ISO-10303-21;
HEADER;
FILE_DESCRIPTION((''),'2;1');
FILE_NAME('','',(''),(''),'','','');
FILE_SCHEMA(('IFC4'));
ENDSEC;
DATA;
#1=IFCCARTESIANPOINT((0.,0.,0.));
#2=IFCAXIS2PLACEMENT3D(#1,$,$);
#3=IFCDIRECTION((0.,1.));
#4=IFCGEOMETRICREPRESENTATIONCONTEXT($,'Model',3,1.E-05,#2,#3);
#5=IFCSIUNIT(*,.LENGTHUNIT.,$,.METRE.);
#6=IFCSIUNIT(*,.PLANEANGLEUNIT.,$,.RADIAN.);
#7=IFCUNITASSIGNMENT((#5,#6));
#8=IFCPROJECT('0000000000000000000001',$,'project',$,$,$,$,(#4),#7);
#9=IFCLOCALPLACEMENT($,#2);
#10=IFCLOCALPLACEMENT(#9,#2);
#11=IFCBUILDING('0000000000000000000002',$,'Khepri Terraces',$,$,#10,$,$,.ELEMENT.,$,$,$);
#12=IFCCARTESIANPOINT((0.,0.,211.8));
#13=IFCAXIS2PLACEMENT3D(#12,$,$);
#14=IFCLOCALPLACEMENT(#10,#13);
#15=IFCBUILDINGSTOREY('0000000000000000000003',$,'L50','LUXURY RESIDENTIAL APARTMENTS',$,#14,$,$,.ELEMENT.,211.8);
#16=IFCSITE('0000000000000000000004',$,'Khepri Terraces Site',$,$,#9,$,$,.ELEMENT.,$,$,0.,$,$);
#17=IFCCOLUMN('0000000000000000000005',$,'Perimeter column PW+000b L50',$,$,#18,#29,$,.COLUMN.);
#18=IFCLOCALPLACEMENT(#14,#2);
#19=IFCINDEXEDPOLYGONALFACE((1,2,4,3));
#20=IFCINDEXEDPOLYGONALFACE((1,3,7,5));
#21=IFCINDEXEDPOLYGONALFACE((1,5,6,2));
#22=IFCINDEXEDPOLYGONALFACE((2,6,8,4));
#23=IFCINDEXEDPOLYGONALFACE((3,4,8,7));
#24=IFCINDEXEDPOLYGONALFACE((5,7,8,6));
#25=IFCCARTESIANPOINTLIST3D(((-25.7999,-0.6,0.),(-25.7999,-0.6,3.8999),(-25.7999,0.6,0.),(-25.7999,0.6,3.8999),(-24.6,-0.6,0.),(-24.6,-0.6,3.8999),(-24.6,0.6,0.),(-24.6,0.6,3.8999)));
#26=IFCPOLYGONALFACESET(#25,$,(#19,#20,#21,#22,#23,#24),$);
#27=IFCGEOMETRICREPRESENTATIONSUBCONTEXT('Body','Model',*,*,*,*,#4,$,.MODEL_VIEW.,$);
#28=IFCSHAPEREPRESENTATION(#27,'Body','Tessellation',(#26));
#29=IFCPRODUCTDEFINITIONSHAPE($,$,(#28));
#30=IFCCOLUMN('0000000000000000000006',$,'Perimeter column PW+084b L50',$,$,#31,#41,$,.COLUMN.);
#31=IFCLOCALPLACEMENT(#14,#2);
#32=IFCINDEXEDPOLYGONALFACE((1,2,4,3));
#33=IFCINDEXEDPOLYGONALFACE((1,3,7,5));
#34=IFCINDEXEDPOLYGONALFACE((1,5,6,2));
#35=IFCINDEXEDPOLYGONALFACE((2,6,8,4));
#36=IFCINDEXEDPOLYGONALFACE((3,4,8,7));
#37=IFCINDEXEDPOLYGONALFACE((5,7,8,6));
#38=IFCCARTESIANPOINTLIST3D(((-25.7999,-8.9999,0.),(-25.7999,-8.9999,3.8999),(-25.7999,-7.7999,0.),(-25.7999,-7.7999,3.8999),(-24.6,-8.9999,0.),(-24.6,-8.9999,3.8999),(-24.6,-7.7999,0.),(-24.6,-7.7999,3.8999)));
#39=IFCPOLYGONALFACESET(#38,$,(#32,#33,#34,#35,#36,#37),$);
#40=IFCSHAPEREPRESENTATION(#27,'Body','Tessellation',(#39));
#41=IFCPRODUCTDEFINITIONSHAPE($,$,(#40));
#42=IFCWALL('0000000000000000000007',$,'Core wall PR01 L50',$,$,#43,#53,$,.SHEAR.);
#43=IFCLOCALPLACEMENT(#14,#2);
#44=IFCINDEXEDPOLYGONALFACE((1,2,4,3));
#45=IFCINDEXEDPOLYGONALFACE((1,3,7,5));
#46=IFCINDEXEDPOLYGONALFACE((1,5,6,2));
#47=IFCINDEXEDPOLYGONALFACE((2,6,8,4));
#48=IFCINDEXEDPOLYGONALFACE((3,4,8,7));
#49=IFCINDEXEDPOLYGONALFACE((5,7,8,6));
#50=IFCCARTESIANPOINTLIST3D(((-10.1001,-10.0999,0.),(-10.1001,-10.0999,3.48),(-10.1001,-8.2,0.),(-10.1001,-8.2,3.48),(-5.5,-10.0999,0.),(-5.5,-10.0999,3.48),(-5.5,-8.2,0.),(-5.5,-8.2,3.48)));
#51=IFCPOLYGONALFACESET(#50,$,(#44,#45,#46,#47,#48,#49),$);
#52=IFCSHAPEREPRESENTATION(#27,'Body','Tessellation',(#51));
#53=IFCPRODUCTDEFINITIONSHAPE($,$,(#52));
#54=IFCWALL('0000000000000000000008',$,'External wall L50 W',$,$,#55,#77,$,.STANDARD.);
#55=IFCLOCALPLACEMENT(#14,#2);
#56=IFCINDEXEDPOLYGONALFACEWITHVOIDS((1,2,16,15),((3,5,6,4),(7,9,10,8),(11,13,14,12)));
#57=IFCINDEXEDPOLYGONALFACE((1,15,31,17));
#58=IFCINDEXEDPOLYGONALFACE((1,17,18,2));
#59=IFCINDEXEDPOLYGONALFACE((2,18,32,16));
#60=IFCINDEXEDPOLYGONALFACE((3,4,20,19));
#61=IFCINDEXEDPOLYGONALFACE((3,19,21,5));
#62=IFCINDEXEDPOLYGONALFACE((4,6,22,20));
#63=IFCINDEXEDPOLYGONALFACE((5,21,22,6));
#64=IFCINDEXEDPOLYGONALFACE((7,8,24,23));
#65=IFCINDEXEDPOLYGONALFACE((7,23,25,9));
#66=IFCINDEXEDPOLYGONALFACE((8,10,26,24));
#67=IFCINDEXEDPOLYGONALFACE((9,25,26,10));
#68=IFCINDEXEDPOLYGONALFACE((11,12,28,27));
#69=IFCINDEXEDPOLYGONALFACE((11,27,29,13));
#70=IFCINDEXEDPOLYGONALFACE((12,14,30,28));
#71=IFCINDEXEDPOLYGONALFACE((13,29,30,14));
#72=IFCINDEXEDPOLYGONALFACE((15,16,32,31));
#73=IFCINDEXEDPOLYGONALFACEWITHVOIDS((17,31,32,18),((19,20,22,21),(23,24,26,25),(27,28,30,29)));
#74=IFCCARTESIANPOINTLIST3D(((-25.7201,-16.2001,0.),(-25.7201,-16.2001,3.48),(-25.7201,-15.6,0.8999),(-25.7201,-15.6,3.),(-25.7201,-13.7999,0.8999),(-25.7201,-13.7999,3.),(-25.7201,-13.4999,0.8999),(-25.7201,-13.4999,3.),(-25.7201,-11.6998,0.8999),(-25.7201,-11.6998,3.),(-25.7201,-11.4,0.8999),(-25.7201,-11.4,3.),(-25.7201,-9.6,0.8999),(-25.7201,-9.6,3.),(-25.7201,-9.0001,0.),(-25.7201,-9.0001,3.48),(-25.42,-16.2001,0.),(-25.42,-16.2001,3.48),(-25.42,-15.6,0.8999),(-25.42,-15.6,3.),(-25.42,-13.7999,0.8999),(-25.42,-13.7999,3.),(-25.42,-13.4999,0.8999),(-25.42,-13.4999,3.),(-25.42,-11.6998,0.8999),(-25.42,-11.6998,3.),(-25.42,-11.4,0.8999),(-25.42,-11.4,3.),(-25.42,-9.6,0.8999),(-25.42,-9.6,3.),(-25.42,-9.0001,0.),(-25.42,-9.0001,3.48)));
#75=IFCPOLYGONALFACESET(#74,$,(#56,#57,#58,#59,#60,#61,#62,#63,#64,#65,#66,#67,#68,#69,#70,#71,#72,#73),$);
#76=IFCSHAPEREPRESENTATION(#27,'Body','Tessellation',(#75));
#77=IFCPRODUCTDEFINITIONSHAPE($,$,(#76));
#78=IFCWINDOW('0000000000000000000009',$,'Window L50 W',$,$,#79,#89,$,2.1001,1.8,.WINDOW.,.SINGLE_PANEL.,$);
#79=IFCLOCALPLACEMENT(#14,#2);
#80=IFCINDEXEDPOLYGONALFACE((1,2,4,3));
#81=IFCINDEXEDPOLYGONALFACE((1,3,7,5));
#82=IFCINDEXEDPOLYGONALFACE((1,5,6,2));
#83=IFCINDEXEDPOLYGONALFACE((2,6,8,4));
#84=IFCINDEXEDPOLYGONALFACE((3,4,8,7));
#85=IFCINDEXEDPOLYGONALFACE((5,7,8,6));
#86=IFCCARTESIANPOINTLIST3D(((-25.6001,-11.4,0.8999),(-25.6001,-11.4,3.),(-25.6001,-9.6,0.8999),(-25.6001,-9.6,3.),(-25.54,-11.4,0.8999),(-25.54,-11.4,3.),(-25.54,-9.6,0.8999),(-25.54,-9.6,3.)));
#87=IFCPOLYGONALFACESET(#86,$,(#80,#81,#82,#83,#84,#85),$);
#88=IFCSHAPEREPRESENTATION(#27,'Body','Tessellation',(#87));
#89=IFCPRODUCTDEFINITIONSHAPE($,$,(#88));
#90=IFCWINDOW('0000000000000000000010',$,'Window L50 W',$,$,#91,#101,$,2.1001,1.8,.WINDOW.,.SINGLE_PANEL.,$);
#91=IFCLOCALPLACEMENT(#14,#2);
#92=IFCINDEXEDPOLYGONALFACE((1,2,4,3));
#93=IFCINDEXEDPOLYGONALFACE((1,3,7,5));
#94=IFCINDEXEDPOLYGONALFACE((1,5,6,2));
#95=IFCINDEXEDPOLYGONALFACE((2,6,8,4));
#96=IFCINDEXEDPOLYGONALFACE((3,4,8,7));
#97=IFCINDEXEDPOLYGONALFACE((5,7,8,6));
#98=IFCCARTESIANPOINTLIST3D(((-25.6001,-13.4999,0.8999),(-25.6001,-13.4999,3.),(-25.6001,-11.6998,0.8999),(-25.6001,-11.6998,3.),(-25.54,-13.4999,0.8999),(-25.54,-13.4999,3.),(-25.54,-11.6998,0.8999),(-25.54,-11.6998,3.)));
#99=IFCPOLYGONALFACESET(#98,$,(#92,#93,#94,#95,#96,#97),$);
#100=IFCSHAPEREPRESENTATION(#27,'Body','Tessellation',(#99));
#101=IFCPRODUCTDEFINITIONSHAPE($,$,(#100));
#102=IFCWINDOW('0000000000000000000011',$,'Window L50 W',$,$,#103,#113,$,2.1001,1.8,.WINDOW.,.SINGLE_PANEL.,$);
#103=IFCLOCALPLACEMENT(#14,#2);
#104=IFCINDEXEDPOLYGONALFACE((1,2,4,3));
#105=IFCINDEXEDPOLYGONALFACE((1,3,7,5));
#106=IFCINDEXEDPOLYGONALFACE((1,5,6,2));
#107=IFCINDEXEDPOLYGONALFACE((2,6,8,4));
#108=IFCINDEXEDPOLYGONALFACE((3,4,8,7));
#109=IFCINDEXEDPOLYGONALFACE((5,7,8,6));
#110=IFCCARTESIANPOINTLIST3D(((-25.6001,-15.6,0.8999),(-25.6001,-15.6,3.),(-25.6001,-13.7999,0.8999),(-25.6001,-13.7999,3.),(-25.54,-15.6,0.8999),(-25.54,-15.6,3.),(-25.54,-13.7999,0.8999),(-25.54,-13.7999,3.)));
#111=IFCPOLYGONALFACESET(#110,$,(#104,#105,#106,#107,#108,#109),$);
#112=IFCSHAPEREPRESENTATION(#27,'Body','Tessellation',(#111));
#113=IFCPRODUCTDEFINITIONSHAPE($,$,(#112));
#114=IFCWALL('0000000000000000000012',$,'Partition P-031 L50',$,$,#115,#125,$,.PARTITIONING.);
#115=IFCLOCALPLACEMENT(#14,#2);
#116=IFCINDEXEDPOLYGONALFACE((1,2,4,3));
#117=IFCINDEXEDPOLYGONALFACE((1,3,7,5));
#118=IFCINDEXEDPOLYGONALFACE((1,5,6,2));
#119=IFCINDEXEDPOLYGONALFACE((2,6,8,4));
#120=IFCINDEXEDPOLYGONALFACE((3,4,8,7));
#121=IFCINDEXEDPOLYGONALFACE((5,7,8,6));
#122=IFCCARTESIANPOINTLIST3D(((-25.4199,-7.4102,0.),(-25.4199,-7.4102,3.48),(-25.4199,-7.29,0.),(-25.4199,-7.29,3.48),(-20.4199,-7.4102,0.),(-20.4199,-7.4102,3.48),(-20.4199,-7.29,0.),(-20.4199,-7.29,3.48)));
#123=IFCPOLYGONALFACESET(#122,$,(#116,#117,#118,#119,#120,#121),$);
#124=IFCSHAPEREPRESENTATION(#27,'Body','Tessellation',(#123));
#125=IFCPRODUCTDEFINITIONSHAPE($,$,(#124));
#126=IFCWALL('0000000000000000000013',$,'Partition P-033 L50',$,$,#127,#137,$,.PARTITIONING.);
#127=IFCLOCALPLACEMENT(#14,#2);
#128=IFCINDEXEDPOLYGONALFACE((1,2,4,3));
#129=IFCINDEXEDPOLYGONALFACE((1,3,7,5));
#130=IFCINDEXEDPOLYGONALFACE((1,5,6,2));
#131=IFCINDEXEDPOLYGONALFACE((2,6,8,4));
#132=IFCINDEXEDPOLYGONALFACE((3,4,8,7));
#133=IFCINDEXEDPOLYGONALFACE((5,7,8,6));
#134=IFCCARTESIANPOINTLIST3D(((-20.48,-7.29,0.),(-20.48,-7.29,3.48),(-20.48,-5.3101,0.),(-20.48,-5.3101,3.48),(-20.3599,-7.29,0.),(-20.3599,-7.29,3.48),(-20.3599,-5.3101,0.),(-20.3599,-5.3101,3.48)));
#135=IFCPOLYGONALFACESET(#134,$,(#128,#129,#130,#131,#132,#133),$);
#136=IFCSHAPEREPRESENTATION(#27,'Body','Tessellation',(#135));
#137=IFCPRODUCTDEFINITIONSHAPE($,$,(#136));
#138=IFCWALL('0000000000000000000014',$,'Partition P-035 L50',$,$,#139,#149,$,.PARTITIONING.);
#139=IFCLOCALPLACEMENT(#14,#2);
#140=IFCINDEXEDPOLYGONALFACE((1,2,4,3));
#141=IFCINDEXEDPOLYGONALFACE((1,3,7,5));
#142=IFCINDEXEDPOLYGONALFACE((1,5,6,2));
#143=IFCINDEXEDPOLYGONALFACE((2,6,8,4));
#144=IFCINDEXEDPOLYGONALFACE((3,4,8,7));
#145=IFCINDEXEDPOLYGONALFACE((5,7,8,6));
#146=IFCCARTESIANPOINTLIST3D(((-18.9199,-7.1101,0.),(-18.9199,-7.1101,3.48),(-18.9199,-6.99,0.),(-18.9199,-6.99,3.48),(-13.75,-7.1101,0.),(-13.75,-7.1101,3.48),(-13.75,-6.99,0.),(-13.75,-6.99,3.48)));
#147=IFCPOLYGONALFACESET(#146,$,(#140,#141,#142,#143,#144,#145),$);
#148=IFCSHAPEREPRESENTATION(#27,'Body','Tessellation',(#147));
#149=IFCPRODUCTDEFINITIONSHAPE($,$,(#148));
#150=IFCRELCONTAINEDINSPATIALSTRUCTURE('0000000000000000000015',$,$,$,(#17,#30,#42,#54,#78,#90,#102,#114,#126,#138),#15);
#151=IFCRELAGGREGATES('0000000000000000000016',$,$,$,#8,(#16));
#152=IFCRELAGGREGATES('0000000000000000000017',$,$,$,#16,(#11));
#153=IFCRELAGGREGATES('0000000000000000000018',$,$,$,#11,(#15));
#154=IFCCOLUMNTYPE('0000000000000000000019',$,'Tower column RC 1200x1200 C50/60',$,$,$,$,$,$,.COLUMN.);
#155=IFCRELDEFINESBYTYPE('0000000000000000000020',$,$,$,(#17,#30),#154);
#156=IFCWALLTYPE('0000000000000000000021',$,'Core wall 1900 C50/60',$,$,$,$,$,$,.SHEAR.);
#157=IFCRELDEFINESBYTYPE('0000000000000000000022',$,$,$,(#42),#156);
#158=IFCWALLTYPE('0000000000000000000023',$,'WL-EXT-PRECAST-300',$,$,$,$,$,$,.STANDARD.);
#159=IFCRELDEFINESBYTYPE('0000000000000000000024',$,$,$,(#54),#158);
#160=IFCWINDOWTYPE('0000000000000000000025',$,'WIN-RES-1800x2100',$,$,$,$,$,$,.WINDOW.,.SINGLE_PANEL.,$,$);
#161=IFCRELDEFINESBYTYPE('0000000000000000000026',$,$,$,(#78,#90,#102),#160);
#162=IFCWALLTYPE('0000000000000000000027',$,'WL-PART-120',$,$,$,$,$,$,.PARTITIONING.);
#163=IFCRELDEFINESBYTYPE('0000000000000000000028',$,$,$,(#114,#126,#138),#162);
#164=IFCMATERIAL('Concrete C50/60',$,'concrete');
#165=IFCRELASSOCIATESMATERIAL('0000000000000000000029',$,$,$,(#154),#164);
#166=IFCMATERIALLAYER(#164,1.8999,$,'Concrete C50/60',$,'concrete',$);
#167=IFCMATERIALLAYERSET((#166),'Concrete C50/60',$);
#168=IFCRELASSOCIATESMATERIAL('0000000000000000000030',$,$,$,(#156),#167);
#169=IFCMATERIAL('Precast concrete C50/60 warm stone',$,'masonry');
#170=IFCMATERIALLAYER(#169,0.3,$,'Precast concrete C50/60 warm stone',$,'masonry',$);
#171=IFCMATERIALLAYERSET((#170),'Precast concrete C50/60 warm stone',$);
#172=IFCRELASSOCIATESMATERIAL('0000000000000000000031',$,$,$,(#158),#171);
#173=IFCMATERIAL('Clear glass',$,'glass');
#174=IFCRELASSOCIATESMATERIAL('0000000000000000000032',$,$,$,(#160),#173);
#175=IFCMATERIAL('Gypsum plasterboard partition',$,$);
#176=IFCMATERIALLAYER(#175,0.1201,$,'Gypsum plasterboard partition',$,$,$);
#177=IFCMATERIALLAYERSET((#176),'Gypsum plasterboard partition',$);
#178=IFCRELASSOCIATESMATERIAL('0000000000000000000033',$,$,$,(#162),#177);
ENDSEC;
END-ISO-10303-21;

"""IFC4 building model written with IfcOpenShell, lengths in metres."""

from ifc_helpers import new_model, si_unit, direction, frame, frame_2d, origin, origin_2d, place, context, subcontext, project, spatial, rectangle, extrude, material, layer, layer_set, material_profile, profile_set, type_object, element, fill, save


model = new_model("IFC4")

# Units and contexts
model_context = context("Model", 3, precision=1e-05, world=origin(), true_north=direction((0.0, 1.0)))
body_context = subcontext(model_context, "Body", "Model", "MODEL_VIEW")
ifc_project = project(units=[si_unit("LENGTHUNIT", "METRE"), si_unit("PLANEANGLEUNIT", "RADIAN")], contexts=[model_context])

# Site, building, storey
site_placement = place(None, origin())
site = spatial("IfcSite", under=ifc_project, at=site_placement, Name="Khepri Terraces Site", CompositionType="ELEMENT", RefElevation=0.0)
building_placement = place(site_placement, origin())
building = spatial("IfcBuilding", under=site, at=building_placement, Name="Khepri Terraces", CompositionType="ELEMENT")
storey_placement = place(building_placement, frame((0.0, 0.0, 211.8)))
storey = spatial("IfcBuildingStorey", under=building, at=storey_placement, Name="L50", Description="LUXURY RESIDENTIAL APARTMENTS", CompositionType="ELEMENT", Elevation=211.8)

# Columns
ifc_material_1 = material(Name="Concrete C50/60", Category="concrete")
ifc_material_profile = material_profile(ifc_material_1, rectangle(XDim=1.2, YDim=1.2, at=origin_2d()), Name="Concrete C50/60", Category="concrete")
ifc_profile_set = profile_set([ifc_material_profile], Name="Concrete C50/60")
column_type = type_object("IfcColumnType", Name="Tower column RC 1200x1200 C50/60", PredefinedType="COLUMN", material=ifc_profile_set)
for number, where, z_axis, x_axis, name in (
    (1, (-25.2, 0.0, 0.0), (0.0, 0.0, 1.0), (1.0, 0.0, 0.0), "Perimeter column PW+000b L50"),
    (2, (-25.2, -8.3999, 0.0), (0.0, 0.0, 1.0), (1.0, 0.0, 0.0), "Perimeter column PW+084b L50"),
):
    element("IfcColumn", number, at=place(storey_placement, frame(where, z_axis=z_axis, x_axis=x_axis)), inside=storey, type_object=column_type, Name=name, PredefinedType="COLUMN", context=body_context, shape_type="SweptSolid", body=[
        extrude(rectangle(XDim=1.2, YDim=1.2, at=origin_2d()), origin(), (0.0, 0.0, 1.0), 3.8999),
    ])

# Wall
ifc_layer_1 = layer(ifc_material_1, 1.8999, Name="Concrete C50/60", Category="concrete")
ifc_layer_set_1 = layer_set([ifc_layer_1], Name="Concrete C50/60")
wall_type_1 = type_object("IfcWallType", Name="Core wall 1900 C50/60", PredefinedType="SHEAR", material=ifc_layer_set_1)
wall_1_placement = place(storey_placement, frame((-10.1001, -9.1499, 0.0), z_axis=(0.0, 0.0, 1.0), x_axis=(1.0, 0.0, 0.0)))
element("IfcWall", 3, at=wall_1_placement, inside=storey, type_object=wall_type_1, Name="Core wall PR01 L50", PredefinedType="SHEAR", context=body_context, shape_type="SweptSolid", body=[
    extrude(rectangle(XDim=4.6001, YDim=1.8999, at=frame_2d((2.3, 0.0))), origin(), (0.0, 0.0, 1.0), 3.48),
])

# Shared definitions
ifc_material_2 = material(Name="Precast concrete C50/60 warm stone", Category="masonry")
ifc_layer_2 = layer(ifc_material_2, 0.3, Name="Precast concrete C50/60 warm stone", Category="masonry")
ifc_layer_set_2 = layer_set([ifc_layer_2], Name="Precast concrete C50/60 warm stone")
wall_type_2 = type_object("IfcWallType", Name="WL-EXT-PRECAST-300", PredefinedType="STANDARD", material=ifc_layer_set_2)
ifc_material_3 = material(Name="Clear glass", Category="glass")
window_type = type_object("IfcWindowType", Name="WIN-RES-1800x2100", PartitioningType="SINGLE_PANEL", PredefinedType="WINDOW", material=ifc_material_3)

# Wall, openings, windows
wall_2_placement = place(storey_placement, frame((-25.5701, -9.0, 0.0), z_axis=(0.0, 0.0, 1.0), x_axis=(0.0, -1.0, 0.0)))
wall_2 = element("IfcWall", 4, at=wall_2_placement, inside=storey, type_object=wall_type_2, Name="External wall L50 W", PredefinedType="STANDARD", context=body_context, shape_type="SweptSolid", body=[
    extrude(rectangle(XDim=7.2, YDim=0.3, at=frame_2d((3.6001, 0.0))), origin(), (0.0, 0.0, 1.0), 3.48),
])
opening_1_placement = place(wall_2_placement, frame((0.6001, 0.0, 0.8999)))
opening_1 = element("IfcOpeningElement", 5, at=opening_1_placement, cuts=wall_2, PredefinedType="OPENING", context=body_context, shape_type="SweptSolid", body=[
    extrude(rectangle(XDim=1.8, YDim=2.1001, at=frame_2d((0.8999, 1.05))), frame((0.0, 0.1602, 0.0), z_axis=(0.0, -1.0, 0.0), x_axis=(1.0, 0.0, 0.0)), (0.0, 0.0, 1.0), 0.3201),
])
opening_2_placement = place(wall_2_placement, frame((2.7, 0.0, 0.8999)))
opening_2 = element("IfcOpeningElement", 6, at=opening_2_placement, cuts=wall_2, PredefinedType="OPENING", context=body_context, shape_type="SweptSolid", body=[
    extrude(rectangle(XDim=1.8, YDim=2.1001, at=frame_2d((0.8999, 1.05))), frame((0.0, 0.1602, 0.0), z_axis=(0.0, -1.0, 0.0), x_axis=(1.0, 0.0, 0.0)), (0.0, 0.0, 1.0), 0.3201),
])
opening_3_placement = place(wall_2_placement, frame((4.8, 0.0, 0.8999)))
opening_3 = element("IfcOpeningElement", 7, at=opening_3_placement, cuts=wall_2, PredefinedType="OPENING", context=body_context, shape_type="SweptSolid", body=[
    extrude(rectangle(XDim=1.8, YDim=2.1001, at=frame_2d((0.8999, 1.05))), frame((0.0, 0.1602, 0.0), z_axis=(0.0, -1.0, 0.0), x_axis=(1.0, 0.0, 0.0)), (0.0, 0.0, 1.0), 0.3201),
])
window_1_placement = place(opening_1_placement, origin())
window_1 = element("IfcWindow", 8, at=window_1_placement, inside=storey, type_object=window_type, Name="Window L50 W", OverallHeight=2.1001, OverallWidth=1.8, PartitioningType="SINGLE_PANEL", PredefinedType="WINDOW", context=body_context, shape_type="SweptSolid", body=[
    extrude(rectangle(XDim=1.8, YDim=2.1001, at=frame_2d((0.8999, 1.05))), frame((0.0, 0.03, 0.0), z_axis=(0.0, -1.0, 0.0), x_axis=(1.0, 0.0, 0.0)), (0.0, 0.0, 1.0), 0.0601),
])
fill(opening_1, window_1)
window_2_placement = place(opening_2_placement, origin())
window_2 = element("IfcWindow", 9, at=window_2_placement, inside=storey, type_object=window_type, Name="Window L50 W", OverallHeight=2.1001, OverallWidth=1.8, PartitioningType="SINGLE_PANEL", PredefinedType="WINDOW", context=body_context, shape_type="SweptSolid", body=[
    extrude(rectangle(XDim=1.8, YDim=2.1001, at=frame_2d((0.8999, 1.05))), frame((0.0, 0.03, 0.0), z_axis=(0.0, -1.0, 0.0), x_axis=(1.0, 0.0, 0.0)), (0.0, 0.0, 1.0), 0.0601),
])
fill(opening_2, window_2)
window_3_placement = place(opening_3_placement, origin())
window_3 = element("IfcWindow", 10, at=window_3_placement, inside=storey, type_object=window_type, Name="Window L50 W", OverallHeight=2.1001, OverallWidth=1.8, PartitioningType="SINGLE_PANEL", PredefinedType="WINDOW", context=body_context, shape_type="SweptSolid", body=[
    extrude(rectangle(XDim=1.8, YDim=2.1001, at=frame_2d((0.8999, 1.05))), frame((0.0, 0.03, 0.0), z_axis=(0.0, -1.0, 0.0), x_axis=(1.0, 0.0, 0.0)), (0.0, 0.0, 1.0), 0.0601),
])
fill(opening_3, window_3)

# Walls
ifc_material_4 = material(Name="Gypsum plasterboard partition")
ifc_layer_3 = layer(ifc_material_4, 0.1201, Name="Gypsum plasterboard partition")
ifc_layer_set_3 = layer_set([ifc_layer_3], Name="Gypsum plasterboard partition")
wall_type_3 = type_object("IfcWallType", Name="WL-PART-120", PredefinedType="PARTITIONING", material=ifc_layer_set_3)
wall_3_placement = place(storey_placement, frame((-25.4199, -7.3501, 0.0), z_axis=(0.0, 0.0, 1.0), x_axis=(1.0, 0.0, 0.0)))
element("IfcWall", 11, at=wall_3_placement, inside=storey, type_object=wall_type_3, Name="Partition P-031 L50", PredefinedType="PARTITIONING", context=body_context, shape_type="SweptSolid", body=[
    extrude(rectangle(XDim=5.0, YDim=0.1201, at=frame_2d((2.5, 0.0))), origin(), (0.0, 0.0, 1.0), 3.48),
])
wall_4_placement = place(storey_placement, frame((-20.4199, -7.29, 0.0), z_axis=(0.0, 0.0, 1.0), x_axis=(0.0, 1.0, 0.0)))
element("IfcWall", 12, at=wall_4_placement, inside=storey, type_object=wall_type_3, Name="Partition P-033 L50", PredefinedType="PARTITIONING", context=body_context, shape_type="SweptSolid", body=[
    extrude(rectangle(XDim=1.98, YDim=0.1201, at=frame_2d((0.99, 0.0))), origin(), (0.0, 0.0, 1.0), 3.48),
])
wall_5_placement = place(storey_placement, frame((-18.9199, -7.05, 0.0), z_axis=(0.0, 0.0, 1.0), x_axis=(1.0, 0.0, 0.0)))
element("IfcWall", 13, at=wall_5_placement, inside=storey, type_object=wall_type_3, Name="Partition P-035 L50", PredefinedType="PARTITIONING", context=body_context, shape_type="SweptSolid", body=[
    extrude(rectangle(XDim=5.1699, YDim=0.1201, at=frame_2d((2.585, 0.0))), origin(), (0.0, 0.0, 1.0), 3.48),
])

save(model, "model.ifc")
